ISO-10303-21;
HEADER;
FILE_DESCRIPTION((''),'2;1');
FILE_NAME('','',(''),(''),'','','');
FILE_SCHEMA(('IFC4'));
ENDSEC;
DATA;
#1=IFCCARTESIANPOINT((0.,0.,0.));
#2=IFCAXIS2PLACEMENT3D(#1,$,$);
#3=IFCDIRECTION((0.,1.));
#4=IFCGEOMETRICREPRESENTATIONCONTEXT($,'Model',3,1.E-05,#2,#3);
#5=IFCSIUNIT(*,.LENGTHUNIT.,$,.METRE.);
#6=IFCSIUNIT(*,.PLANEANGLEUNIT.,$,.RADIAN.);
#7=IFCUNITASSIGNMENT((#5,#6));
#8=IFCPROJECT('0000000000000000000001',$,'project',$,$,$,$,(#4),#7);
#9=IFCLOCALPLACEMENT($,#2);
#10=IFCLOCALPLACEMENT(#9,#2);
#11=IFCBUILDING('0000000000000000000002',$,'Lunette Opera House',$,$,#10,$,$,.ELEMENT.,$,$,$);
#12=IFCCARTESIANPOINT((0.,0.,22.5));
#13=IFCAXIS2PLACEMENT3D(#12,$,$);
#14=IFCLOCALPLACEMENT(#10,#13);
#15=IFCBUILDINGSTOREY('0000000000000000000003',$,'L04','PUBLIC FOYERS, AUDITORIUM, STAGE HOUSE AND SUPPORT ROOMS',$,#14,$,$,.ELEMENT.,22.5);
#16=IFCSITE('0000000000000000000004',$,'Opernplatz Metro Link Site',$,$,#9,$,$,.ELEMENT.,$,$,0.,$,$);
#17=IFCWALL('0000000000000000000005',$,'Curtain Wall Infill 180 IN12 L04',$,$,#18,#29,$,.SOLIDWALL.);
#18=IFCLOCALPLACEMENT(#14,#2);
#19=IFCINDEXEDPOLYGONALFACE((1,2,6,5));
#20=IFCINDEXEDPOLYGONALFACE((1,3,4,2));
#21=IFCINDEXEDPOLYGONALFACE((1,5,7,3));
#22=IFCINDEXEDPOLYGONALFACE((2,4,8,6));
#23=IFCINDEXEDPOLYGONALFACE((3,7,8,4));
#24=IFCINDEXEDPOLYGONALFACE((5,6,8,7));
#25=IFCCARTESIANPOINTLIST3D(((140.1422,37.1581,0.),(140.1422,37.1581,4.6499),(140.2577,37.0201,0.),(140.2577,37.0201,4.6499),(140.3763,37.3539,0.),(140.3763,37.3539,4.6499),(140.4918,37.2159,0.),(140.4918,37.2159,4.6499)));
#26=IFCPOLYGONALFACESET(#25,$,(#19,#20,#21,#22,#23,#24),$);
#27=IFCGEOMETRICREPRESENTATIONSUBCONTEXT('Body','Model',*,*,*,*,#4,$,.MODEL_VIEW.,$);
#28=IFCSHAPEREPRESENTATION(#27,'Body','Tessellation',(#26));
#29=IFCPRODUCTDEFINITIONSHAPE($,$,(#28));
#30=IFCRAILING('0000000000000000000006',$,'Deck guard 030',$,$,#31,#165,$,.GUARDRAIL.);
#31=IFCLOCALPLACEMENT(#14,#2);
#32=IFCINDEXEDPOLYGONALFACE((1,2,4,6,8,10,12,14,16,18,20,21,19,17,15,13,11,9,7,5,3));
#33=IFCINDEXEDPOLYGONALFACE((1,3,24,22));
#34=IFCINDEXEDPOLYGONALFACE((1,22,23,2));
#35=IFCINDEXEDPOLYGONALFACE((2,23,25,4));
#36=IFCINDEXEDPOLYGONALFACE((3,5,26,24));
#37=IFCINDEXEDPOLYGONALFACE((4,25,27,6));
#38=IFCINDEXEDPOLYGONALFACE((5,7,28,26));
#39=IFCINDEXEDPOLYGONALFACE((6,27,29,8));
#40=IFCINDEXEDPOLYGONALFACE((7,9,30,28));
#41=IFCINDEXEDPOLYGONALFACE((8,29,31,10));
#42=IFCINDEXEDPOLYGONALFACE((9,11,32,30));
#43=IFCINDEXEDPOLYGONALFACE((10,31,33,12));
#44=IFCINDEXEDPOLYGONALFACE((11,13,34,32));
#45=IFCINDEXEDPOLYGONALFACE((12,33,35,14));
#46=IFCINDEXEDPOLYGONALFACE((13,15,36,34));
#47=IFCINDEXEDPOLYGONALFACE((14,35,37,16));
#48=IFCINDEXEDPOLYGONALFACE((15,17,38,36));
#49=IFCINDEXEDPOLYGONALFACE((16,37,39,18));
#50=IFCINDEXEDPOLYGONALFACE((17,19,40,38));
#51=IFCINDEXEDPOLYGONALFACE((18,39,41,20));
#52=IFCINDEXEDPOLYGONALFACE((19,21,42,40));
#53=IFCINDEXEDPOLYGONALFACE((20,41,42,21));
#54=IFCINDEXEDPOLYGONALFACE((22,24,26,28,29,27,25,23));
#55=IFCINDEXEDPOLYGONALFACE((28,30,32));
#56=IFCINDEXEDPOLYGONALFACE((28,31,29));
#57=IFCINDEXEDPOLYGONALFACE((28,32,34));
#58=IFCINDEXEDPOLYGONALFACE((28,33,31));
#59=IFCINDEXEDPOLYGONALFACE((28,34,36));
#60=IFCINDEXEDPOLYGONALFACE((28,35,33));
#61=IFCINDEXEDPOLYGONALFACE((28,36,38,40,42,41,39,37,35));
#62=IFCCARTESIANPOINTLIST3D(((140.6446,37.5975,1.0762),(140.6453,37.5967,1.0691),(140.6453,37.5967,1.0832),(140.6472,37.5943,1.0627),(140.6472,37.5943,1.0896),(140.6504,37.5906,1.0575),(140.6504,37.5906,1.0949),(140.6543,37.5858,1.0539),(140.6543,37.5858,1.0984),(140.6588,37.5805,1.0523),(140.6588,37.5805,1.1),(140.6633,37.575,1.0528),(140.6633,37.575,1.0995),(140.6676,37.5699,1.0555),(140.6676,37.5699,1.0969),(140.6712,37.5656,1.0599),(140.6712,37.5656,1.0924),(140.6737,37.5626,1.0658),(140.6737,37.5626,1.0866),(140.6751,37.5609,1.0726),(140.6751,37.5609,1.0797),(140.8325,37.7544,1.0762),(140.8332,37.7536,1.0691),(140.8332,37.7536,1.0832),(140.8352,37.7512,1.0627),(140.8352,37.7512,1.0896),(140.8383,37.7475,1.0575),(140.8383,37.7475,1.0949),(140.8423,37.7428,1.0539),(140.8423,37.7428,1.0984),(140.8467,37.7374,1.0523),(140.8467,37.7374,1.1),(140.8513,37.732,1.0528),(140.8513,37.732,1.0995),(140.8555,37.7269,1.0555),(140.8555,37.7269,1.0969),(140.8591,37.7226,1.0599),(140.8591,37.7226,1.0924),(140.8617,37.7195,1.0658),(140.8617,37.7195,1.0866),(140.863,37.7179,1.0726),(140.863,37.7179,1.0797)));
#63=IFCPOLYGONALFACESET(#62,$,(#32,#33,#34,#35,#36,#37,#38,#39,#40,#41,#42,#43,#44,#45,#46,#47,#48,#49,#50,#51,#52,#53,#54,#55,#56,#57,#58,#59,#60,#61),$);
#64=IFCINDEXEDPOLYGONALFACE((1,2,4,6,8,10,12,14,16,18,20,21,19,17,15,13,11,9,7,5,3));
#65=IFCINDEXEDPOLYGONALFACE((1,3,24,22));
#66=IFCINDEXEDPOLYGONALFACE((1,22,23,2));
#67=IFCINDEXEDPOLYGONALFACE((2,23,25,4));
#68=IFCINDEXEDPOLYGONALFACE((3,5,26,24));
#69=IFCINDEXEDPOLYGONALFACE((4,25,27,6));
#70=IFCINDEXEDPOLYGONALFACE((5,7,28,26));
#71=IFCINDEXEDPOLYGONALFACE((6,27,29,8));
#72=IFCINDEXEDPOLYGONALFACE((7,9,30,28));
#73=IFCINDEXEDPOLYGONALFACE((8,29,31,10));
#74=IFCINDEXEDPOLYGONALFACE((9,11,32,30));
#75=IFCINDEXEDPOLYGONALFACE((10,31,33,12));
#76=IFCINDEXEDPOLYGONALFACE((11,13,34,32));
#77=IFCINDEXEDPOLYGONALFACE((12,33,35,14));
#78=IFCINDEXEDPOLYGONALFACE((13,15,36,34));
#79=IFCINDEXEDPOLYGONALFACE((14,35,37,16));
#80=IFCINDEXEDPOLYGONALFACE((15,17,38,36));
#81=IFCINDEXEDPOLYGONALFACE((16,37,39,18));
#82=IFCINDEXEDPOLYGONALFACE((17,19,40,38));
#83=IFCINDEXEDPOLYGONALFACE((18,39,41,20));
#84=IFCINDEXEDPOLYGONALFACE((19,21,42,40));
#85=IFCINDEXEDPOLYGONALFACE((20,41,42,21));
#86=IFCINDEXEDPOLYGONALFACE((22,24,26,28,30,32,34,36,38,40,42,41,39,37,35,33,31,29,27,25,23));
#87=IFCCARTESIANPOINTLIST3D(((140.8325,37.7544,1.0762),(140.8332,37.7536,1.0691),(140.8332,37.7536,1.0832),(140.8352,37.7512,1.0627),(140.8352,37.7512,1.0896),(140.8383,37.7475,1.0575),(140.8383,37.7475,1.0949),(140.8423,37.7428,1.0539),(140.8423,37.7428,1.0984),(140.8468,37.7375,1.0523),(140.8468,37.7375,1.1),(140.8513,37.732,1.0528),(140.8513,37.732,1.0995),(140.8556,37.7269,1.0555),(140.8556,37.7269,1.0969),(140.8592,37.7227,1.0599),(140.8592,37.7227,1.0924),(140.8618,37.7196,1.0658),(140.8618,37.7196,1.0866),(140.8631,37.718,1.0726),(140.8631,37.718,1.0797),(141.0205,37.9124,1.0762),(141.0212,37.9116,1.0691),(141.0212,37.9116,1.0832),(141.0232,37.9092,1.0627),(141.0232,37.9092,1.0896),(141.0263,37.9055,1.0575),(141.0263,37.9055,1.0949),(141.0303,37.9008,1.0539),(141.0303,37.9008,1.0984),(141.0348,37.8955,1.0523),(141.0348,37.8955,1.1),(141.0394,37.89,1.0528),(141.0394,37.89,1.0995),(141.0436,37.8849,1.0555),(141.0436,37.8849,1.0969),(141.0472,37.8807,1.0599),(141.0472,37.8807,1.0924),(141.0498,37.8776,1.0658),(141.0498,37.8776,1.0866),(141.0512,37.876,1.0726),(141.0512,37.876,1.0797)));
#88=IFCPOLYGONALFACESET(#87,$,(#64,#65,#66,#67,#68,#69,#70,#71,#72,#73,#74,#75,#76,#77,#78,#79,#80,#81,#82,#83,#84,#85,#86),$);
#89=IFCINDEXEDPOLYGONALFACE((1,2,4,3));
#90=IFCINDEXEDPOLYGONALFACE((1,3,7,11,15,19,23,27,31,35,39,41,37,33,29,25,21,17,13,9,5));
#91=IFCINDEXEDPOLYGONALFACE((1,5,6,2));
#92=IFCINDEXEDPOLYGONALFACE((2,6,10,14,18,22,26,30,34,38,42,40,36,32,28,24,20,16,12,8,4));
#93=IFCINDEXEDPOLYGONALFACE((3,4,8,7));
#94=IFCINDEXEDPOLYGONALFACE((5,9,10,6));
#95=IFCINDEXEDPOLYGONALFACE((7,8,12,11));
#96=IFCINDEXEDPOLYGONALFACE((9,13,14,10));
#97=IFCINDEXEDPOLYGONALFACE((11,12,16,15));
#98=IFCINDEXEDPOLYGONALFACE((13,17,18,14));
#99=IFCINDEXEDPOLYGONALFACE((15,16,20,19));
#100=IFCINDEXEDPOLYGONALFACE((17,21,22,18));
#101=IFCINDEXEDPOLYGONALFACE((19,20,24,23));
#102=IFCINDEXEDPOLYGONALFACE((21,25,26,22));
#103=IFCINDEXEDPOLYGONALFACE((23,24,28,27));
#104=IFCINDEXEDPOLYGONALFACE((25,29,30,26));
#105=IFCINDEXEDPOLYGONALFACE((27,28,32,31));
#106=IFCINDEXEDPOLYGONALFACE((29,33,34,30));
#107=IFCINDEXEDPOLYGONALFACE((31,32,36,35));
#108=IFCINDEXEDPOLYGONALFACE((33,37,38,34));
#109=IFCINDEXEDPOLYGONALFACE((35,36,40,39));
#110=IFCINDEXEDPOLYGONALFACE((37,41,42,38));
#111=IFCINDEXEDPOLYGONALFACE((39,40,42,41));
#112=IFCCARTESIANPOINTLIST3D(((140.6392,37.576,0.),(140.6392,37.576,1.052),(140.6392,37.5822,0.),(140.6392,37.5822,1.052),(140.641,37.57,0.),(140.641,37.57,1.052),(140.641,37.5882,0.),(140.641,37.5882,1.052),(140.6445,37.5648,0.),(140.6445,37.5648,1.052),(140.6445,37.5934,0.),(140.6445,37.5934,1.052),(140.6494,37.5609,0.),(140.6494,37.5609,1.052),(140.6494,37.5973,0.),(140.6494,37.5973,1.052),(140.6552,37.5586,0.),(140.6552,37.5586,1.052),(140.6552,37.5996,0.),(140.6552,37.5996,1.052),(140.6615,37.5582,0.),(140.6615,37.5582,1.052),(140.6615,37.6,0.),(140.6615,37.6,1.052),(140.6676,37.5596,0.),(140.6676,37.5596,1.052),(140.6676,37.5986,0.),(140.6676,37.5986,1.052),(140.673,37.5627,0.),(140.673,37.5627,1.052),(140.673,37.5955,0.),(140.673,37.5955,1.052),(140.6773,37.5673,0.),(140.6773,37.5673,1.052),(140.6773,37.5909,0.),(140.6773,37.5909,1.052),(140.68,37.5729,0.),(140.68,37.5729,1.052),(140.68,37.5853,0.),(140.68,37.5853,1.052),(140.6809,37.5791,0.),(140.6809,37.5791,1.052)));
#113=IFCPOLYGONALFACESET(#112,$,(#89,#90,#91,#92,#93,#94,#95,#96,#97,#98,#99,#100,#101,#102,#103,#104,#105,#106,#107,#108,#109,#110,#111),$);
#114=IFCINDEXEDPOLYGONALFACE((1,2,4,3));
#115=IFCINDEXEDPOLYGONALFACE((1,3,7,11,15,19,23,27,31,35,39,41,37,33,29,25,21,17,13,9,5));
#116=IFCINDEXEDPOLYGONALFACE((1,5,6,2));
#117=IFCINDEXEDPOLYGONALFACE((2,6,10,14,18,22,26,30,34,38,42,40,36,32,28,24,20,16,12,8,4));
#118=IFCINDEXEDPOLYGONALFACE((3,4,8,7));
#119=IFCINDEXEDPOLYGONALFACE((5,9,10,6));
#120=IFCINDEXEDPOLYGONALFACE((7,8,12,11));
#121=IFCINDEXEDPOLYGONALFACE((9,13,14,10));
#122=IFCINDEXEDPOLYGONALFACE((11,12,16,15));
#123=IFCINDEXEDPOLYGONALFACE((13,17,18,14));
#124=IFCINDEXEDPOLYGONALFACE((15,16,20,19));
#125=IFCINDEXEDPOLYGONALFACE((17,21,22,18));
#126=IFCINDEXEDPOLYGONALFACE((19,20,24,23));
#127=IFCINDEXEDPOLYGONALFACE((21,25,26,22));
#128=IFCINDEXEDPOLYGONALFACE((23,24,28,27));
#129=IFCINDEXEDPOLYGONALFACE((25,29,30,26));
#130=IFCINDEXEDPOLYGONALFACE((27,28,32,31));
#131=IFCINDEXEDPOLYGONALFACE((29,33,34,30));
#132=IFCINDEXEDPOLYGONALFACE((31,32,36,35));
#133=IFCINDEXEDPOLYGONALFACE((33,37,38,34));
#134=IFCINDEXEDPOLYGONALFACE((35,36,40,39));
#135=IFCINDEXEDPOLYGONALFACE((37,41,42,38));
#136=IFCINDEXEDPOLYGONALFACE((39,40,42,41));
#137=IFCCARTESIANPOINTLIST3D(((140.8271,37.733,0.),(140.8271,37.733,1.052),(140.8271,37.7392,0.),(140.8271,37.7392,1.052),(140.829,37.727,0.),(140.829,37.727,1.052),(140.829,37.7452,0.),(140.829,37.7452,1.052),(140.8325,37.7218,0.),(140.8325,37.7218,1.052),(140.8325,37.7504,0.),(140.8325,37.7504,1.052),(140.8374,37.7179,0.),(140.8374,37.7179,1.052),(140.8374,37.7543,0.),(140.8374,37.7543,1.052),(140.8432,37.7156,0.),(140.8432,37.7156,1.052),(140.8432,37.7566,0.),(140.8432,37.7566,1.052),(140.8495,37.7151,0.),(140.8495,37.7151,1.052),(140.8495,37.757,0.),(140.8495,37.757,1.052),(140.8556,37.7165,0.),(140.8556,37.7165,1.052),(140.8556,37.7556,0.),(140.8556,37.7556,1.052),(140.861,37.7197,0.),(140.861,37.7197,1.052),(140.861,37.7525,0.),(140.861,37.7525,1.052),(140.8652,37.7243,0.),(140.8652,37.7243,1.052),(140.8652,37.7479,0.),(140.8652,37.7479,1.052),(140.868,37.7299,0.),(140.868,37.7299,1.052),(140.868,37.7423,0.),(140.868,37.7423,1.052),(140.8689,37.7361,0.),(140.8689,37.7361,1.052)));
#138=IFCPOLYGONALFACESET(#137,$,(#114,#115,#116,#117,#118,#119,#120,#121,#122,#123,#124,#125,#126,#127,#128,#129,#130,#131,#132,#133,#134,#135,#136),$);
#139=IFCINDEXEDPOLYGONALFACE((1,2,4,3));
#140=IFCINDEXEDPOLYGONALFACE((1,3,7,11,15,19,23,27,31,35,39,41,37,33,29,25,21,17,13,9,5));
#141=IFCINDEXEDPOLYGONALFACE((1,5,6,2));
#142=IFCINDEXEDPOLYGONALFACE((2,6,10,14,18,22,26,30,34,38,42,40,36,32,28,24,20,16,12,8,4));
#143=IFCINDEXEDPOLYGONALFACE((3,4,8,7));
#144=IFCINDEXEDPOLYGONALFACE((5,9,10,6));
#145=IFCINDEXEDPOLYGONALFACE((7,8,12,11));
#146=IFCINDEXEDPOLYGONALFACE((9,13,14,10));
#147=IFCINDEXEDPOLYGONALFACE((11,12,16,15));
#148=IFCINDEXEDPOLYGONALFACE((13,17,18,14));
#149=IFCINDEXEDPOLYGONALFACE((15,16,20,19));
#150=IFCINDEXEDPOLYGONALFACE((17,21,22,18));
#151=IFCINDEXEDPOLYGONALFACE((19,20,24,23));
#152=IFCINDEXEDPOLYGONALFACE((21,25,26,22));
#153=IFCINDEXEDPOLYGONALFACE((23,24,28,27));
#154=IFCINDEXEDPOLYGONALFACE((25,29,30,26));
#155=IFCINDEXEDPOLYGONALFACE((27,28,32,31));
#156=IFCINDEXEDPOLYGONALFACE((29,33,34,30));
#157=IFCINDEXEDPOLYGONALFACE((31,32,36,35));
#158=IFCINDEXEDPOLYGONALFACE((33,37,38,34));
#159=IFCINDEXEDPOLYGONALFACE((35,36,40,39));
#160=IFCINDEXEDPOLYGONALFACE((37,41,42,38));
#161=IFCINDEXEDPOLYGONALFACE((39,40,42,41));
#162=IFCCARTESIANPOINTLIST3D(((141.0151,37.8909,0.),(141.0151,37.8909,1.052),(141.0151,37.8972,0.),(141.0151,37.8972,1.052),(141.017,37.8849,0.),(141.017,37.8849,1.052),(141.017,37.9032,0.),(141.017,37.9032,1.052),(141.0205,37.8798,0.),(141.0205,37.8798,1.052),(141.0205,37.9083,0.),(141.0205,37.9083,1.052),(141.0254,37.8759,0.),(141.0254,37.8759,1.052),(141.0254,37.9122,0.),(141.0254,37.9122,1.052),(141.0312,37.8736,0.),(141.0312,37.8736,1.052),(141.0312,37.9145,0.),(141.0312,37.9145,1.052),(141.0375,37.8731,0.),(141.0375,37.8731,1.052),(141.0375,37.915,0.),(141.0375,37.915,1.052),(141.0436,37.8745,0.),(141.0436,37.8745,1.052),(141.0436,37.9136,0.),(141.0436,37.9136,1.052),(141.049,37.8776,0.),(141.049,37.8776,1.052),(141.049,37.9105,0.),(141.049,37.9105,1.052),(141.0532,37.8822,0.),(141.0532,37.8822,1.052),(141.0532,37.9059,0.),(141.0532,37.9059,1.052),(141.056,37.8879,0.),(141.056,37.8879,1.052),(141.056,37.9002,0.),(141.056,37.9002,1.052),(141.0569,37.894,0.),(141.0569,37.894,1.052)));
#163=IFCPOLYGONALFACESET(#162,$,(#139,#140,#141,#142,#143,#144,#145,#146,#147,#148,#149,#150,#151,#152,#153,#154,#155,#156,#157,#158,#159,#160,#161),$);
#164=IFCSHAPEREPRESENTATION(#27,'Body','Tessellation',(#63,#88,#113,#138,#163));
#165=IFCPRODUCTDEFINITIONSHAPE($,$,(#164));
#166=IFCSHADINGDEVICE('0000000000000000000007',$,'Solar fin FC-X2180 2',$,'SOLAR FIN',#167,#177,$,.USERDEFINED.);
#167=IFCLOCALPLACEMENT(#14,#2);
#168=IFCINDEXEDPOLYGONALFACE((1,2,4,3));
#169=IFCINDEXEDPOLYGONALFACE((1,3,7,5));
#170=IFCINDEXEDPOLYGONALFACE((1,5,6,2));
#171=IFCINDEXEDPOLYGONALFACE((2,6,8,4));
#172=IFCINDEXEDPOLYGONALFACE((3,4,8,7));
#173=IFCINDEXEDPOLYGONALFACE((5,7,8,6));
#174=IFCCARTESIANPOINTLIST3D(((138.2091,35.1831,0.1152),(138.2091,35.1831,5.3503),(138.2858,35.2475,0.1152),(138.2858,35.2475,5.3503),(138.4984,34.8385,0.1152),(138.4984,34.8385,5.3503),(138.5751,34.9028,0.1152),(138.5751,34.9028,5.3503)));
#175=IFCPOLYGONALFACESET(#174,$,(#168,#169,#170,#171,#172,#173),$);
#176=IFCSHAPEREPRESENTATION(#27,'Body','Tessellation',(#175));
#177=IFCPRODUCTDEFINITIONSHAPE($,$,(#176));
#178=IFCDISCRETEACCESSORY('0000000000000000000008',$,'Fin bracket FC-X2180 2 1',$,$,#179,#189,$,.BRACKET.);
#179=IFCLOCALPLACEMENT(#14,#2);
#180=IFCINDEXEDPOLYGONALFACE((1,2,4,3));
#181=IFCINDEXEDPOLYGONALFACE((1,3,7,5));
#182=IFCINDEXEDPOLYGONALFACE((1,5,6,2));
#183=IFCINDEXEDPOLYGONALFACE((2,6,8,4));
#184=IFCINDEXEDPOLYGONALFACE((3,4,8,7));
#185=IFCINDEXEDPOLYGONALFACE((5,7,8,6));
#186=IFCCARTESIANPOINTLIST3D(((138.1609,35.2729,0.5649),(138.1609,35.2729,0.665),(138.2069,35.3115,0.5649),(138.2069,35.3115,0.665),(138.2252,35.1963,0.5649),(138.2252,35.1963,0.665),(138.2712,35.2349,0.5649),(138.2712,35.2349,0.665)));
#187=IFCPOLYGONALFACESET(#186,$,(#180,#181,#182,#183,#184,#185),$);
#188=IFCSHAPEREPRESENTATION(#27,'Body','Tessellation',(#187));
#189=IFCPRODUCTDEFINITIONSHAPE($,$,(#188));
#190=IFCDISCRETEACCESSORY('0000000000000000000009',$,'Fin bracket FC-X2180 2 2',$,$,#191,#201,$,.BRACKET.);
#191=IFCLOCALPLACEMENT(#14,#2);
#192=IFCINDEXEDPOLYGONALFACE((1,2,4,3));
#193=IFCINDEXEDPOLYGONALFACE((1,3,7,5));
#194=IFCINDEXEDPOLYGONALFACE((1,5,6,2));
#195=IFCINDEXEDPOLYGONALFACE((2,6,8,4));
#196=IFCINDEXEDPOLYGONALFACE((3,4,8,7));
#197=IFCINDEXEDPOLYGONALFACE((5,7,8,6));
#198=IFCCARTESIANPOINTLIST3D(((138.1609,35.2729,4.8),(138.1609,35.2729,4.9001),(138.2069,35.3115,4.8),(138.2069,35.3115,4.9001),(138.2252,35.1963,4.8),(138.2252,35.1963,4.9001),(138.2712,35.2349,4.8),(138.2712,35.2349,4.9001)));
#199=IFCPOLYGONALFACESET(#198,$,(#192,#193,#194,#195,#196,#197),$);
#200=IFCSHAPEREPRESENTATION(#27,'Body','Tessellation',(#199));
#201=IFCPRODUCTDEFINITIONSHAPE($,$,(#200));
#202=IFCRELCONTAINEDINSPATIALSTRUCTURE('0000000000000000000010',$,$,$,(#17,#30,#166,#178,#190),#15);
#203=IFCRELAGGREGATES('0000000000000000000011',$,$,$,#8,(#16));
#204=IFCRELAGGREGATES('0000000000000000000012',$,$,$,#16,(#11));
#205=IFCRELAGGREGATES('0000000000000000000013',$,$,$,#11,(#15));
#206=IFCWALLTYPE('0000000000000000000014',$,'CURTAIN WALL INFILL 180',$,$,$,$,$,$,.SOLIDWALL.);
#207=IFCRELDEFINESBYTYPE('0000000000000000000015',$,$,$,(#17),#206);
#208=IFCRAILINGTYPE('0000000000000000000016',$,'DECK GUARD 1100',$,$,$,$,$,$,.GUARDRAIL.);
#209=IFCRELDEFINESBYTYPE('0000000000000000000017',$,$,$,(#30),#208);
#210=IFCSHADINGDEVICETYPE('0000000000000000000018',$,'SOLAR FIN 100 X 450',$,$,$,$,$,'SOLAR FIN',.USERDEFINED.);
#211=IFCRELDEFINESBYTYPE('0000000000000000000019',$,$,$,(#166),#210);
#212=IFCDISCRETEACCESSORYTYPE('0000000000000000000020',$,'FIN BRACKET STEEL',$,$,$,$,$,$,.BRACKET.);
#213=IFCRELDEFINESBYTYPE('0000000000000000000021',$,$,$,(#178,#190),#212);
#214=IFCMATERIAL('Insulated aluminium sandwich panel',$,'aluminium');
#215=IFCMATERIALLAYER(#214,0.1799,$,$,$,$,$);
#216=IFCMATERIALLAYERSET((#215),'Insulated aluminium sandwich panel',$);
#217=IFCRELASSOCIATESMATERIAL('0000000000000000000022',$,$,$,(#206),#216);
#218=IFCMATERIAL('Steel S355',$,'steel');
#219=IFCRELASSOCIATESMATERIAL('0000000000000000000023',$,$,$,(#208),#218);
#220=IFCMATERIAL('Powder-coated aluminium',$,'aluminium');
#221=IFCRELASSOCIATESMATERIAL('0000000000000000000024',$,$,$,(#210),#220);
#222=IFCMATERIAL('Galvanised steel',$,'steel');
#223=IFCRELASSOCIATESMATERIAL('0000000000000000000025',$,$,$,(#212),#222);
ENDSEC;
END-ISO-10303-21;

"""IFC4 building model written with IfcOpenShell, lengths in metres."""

from ifc_helpers import new_model, si_unit, direction, frame, frame_2d, origin, origin_2d, place, context, subcontext, project, spatial, rectangle, circle, extrude, material, layer, layer_set, type_object, element, save


model = new_model("IFC4")

# Units and contexts
model_context = context("Model", 3, precision=1e-05, world=origin(), true_north=direction((0.0, 1.0)))
body_context = subcontext(model_context, "Body", "Model", "MODEL_VIEW")
ifc_project = project(units=[si_unit("LENGTHUNIT", "METRE"), si_unit("PLANEANGLEUNIT", "RADIAN")], contexts=[model_context])

# Site, building, storey
site_placement = place(None, origin())
site = spatial("IfcSite", under=ifc_project, at=site_placement, Name="Opernplatz Metro Link Site", CompositionType="ELEMENT", RefElevation=0.0)
building_placement = place(site_placement, origin())
building = spatial("IfcBuilding", under=site, at=building_placement, Name="Lunette Opera House", CompositionType="ELEMENT")
storey_placement = place(building_placement, frame((0.0, 0.0, 22.5)))
storey = spatial("IfcBuildingStorey", under=building, at=storey_placement, Name="L04", Description="PUBLIC FOYERS, AUDITORIUM, STAGE HOUSE AND SUPPORT ROOMS", CompositionType="ELEMENT", Elevation=22.5)

# Wall
ifc_material_1 = material(Name="Insulated aluminium sandwich panel", Category="aluminium")
ifc_layer_1 = layer(ifc_material_1, 0.1799)
ifc_layer_set_1 = layer_set([ifc_layer_1], Name="Insulated aluminium sandwich panel")
wall_type_1 = type_object("IfcWallType", Name="CURTAIN WALL INFILL 180", PredefinedType="SOLIDWALL", material=ifc_layer_set_1)
wall_1_placement = place(storey_placement, frame((140.2, 37.0891, 0.0), z_axis=(0.0, 0.0, 1.0), x_axis=(0.767105, 0.641521, 0.0)))
element("IfcWall", 1, at=wall_1_placement, inside=storey, type_object=wall_type_1, Name="Curtain Wall Infill 180 IN12 L04", PredefinedType="SOLIDWALL", context=body_context, shape_type="SweptSolid", body=[
    extrude(rectangle(XDim=0.3052, YDim=0.1799, at=frame_2d((0.1526, 0.0))), origin(), (0.0, 0.0, 1.0), 4.6499),
])

# Railing
ifc_material_2 = material(Name="Steel S355", Category="steel")
railing_type = type_object("IfcRailingType", Name="DECK GUARD 1100", PredefinedType="GUARDRAIL", material=ifc_material_2)
railing_placement = place(storey_placement, frame((140.6599, 37.5791, 0.0)))
element("IfcRailing", 2, at=railing_placement, inside=storey, type_object=railing_type, Name="Deck guard 030", PredefinedType="GUARDRAIL", context=body_context, shape_type="SweptSolid", body=[
    extrude(circle(Radius=0.0239, at=origin_2d()), frame((0.0, 0.0, 1.0762), z_axis=(0.767567, 0.640968, 0.0), x_axis=(-0.640968, 0.767567, 0.0)), (0.0, 0.0, 1.0), 0.2449),
    extrude(circle(Radius=0.0239, at=origin_2d()), frame((0.188, 0.157, 1.0762), z_axis=(0.765607, 0.643309, 0.0), x_axis=(-0.643309, 0.765607, 0.0)), (0.0, 0.0, 1.0), 0.2456),
    extrude(circle(Radius=0.021, at=origin_2d()), origin(), (0.0, 0.0, 1.0), 1.052),
    extrude(circle(Radius=0.021, at=origin_2d()), frame((0.188, 0.157, 0.0)), (0.0, 0.0, 1.0), 1.052),
    extrude(circle(Radius=0.021, at=origin_2d()), frame((0.376, 0.3149, 0.0)), (0.0, 0.0, 1.0), 1.052),
])

# Shading device
ifc_material_3 = material(Name="Powder-coated aluminium", Category="aluminium")
shading_device_type = type_object("IfcShadingDeviceType", Name="SOLAR FIN 100 X 450", ElementType="SOLAR FIN", PredefinedType="USERDEFINED", material=ifc_material_3)
shading_device_placement = place(storey_placement, frame((138.3921, 35.043, 0.1152), z_axis=(0.0, 0.0, 1.0), x_axis=(0.64284, -0.766001, 0.0)))
element("IfcShadingDevice", 3, at=shading_device_placement, inside=storey, type_object=shading_device_type, Name="Solar fin FC-X2180 2", ObjectType="SOLAR FIN", PredefinedType="USERDEFINED", context=body_context, shape_type="SweptSolid", body=[
    extrude(rectangle(XDim=0.45, YDim=0.1001, at=origin_2d()), origin(), (0.0, 0.0, 1.0), 5.2351),
])

# Discrete accessories
ifc_material_4 = material(Name="Galvanised steel", Category="steel")
discrete_accessory_type = type_object("IfcDiscreteAccessoryType", Name="FIN BRACKET STEEL", PredefinedType="BRACKET", material=ifc_material_4)
for number, where, z_axis, x_axis, name in (
    (4, (138.2161, 35.2539, 0.5649), (0.0, 0.0, 1.0), (0.64284, -0.766001, 0.0), "Fin bracket FC-X2180 2 1"),
    (5, (138.2161, 35.2539, 4.8), (0.0, 0.0, 1.0), (0.64284, -0.766001, 0.0), "Fin bracket FC-X2180 2 2"),
):
    element("IfcDiscreteAccessory", number, at=place(storey_placement, frame(where, z_axis=z_axis, x_axis=x_axis)), inside=storey, type_object=discrete_accessory_type, Name=name, PredefinedType="BRACKET", context=body_context, shape_type="SweptSolid", body=[
        extrude(rectangle(XDim=0.1001, YDim=0.0601, at=origin_2d()), origin(), (0.0, 0.0, 1.0), 0.1001),
    ])

save(model, "model.ifc")
